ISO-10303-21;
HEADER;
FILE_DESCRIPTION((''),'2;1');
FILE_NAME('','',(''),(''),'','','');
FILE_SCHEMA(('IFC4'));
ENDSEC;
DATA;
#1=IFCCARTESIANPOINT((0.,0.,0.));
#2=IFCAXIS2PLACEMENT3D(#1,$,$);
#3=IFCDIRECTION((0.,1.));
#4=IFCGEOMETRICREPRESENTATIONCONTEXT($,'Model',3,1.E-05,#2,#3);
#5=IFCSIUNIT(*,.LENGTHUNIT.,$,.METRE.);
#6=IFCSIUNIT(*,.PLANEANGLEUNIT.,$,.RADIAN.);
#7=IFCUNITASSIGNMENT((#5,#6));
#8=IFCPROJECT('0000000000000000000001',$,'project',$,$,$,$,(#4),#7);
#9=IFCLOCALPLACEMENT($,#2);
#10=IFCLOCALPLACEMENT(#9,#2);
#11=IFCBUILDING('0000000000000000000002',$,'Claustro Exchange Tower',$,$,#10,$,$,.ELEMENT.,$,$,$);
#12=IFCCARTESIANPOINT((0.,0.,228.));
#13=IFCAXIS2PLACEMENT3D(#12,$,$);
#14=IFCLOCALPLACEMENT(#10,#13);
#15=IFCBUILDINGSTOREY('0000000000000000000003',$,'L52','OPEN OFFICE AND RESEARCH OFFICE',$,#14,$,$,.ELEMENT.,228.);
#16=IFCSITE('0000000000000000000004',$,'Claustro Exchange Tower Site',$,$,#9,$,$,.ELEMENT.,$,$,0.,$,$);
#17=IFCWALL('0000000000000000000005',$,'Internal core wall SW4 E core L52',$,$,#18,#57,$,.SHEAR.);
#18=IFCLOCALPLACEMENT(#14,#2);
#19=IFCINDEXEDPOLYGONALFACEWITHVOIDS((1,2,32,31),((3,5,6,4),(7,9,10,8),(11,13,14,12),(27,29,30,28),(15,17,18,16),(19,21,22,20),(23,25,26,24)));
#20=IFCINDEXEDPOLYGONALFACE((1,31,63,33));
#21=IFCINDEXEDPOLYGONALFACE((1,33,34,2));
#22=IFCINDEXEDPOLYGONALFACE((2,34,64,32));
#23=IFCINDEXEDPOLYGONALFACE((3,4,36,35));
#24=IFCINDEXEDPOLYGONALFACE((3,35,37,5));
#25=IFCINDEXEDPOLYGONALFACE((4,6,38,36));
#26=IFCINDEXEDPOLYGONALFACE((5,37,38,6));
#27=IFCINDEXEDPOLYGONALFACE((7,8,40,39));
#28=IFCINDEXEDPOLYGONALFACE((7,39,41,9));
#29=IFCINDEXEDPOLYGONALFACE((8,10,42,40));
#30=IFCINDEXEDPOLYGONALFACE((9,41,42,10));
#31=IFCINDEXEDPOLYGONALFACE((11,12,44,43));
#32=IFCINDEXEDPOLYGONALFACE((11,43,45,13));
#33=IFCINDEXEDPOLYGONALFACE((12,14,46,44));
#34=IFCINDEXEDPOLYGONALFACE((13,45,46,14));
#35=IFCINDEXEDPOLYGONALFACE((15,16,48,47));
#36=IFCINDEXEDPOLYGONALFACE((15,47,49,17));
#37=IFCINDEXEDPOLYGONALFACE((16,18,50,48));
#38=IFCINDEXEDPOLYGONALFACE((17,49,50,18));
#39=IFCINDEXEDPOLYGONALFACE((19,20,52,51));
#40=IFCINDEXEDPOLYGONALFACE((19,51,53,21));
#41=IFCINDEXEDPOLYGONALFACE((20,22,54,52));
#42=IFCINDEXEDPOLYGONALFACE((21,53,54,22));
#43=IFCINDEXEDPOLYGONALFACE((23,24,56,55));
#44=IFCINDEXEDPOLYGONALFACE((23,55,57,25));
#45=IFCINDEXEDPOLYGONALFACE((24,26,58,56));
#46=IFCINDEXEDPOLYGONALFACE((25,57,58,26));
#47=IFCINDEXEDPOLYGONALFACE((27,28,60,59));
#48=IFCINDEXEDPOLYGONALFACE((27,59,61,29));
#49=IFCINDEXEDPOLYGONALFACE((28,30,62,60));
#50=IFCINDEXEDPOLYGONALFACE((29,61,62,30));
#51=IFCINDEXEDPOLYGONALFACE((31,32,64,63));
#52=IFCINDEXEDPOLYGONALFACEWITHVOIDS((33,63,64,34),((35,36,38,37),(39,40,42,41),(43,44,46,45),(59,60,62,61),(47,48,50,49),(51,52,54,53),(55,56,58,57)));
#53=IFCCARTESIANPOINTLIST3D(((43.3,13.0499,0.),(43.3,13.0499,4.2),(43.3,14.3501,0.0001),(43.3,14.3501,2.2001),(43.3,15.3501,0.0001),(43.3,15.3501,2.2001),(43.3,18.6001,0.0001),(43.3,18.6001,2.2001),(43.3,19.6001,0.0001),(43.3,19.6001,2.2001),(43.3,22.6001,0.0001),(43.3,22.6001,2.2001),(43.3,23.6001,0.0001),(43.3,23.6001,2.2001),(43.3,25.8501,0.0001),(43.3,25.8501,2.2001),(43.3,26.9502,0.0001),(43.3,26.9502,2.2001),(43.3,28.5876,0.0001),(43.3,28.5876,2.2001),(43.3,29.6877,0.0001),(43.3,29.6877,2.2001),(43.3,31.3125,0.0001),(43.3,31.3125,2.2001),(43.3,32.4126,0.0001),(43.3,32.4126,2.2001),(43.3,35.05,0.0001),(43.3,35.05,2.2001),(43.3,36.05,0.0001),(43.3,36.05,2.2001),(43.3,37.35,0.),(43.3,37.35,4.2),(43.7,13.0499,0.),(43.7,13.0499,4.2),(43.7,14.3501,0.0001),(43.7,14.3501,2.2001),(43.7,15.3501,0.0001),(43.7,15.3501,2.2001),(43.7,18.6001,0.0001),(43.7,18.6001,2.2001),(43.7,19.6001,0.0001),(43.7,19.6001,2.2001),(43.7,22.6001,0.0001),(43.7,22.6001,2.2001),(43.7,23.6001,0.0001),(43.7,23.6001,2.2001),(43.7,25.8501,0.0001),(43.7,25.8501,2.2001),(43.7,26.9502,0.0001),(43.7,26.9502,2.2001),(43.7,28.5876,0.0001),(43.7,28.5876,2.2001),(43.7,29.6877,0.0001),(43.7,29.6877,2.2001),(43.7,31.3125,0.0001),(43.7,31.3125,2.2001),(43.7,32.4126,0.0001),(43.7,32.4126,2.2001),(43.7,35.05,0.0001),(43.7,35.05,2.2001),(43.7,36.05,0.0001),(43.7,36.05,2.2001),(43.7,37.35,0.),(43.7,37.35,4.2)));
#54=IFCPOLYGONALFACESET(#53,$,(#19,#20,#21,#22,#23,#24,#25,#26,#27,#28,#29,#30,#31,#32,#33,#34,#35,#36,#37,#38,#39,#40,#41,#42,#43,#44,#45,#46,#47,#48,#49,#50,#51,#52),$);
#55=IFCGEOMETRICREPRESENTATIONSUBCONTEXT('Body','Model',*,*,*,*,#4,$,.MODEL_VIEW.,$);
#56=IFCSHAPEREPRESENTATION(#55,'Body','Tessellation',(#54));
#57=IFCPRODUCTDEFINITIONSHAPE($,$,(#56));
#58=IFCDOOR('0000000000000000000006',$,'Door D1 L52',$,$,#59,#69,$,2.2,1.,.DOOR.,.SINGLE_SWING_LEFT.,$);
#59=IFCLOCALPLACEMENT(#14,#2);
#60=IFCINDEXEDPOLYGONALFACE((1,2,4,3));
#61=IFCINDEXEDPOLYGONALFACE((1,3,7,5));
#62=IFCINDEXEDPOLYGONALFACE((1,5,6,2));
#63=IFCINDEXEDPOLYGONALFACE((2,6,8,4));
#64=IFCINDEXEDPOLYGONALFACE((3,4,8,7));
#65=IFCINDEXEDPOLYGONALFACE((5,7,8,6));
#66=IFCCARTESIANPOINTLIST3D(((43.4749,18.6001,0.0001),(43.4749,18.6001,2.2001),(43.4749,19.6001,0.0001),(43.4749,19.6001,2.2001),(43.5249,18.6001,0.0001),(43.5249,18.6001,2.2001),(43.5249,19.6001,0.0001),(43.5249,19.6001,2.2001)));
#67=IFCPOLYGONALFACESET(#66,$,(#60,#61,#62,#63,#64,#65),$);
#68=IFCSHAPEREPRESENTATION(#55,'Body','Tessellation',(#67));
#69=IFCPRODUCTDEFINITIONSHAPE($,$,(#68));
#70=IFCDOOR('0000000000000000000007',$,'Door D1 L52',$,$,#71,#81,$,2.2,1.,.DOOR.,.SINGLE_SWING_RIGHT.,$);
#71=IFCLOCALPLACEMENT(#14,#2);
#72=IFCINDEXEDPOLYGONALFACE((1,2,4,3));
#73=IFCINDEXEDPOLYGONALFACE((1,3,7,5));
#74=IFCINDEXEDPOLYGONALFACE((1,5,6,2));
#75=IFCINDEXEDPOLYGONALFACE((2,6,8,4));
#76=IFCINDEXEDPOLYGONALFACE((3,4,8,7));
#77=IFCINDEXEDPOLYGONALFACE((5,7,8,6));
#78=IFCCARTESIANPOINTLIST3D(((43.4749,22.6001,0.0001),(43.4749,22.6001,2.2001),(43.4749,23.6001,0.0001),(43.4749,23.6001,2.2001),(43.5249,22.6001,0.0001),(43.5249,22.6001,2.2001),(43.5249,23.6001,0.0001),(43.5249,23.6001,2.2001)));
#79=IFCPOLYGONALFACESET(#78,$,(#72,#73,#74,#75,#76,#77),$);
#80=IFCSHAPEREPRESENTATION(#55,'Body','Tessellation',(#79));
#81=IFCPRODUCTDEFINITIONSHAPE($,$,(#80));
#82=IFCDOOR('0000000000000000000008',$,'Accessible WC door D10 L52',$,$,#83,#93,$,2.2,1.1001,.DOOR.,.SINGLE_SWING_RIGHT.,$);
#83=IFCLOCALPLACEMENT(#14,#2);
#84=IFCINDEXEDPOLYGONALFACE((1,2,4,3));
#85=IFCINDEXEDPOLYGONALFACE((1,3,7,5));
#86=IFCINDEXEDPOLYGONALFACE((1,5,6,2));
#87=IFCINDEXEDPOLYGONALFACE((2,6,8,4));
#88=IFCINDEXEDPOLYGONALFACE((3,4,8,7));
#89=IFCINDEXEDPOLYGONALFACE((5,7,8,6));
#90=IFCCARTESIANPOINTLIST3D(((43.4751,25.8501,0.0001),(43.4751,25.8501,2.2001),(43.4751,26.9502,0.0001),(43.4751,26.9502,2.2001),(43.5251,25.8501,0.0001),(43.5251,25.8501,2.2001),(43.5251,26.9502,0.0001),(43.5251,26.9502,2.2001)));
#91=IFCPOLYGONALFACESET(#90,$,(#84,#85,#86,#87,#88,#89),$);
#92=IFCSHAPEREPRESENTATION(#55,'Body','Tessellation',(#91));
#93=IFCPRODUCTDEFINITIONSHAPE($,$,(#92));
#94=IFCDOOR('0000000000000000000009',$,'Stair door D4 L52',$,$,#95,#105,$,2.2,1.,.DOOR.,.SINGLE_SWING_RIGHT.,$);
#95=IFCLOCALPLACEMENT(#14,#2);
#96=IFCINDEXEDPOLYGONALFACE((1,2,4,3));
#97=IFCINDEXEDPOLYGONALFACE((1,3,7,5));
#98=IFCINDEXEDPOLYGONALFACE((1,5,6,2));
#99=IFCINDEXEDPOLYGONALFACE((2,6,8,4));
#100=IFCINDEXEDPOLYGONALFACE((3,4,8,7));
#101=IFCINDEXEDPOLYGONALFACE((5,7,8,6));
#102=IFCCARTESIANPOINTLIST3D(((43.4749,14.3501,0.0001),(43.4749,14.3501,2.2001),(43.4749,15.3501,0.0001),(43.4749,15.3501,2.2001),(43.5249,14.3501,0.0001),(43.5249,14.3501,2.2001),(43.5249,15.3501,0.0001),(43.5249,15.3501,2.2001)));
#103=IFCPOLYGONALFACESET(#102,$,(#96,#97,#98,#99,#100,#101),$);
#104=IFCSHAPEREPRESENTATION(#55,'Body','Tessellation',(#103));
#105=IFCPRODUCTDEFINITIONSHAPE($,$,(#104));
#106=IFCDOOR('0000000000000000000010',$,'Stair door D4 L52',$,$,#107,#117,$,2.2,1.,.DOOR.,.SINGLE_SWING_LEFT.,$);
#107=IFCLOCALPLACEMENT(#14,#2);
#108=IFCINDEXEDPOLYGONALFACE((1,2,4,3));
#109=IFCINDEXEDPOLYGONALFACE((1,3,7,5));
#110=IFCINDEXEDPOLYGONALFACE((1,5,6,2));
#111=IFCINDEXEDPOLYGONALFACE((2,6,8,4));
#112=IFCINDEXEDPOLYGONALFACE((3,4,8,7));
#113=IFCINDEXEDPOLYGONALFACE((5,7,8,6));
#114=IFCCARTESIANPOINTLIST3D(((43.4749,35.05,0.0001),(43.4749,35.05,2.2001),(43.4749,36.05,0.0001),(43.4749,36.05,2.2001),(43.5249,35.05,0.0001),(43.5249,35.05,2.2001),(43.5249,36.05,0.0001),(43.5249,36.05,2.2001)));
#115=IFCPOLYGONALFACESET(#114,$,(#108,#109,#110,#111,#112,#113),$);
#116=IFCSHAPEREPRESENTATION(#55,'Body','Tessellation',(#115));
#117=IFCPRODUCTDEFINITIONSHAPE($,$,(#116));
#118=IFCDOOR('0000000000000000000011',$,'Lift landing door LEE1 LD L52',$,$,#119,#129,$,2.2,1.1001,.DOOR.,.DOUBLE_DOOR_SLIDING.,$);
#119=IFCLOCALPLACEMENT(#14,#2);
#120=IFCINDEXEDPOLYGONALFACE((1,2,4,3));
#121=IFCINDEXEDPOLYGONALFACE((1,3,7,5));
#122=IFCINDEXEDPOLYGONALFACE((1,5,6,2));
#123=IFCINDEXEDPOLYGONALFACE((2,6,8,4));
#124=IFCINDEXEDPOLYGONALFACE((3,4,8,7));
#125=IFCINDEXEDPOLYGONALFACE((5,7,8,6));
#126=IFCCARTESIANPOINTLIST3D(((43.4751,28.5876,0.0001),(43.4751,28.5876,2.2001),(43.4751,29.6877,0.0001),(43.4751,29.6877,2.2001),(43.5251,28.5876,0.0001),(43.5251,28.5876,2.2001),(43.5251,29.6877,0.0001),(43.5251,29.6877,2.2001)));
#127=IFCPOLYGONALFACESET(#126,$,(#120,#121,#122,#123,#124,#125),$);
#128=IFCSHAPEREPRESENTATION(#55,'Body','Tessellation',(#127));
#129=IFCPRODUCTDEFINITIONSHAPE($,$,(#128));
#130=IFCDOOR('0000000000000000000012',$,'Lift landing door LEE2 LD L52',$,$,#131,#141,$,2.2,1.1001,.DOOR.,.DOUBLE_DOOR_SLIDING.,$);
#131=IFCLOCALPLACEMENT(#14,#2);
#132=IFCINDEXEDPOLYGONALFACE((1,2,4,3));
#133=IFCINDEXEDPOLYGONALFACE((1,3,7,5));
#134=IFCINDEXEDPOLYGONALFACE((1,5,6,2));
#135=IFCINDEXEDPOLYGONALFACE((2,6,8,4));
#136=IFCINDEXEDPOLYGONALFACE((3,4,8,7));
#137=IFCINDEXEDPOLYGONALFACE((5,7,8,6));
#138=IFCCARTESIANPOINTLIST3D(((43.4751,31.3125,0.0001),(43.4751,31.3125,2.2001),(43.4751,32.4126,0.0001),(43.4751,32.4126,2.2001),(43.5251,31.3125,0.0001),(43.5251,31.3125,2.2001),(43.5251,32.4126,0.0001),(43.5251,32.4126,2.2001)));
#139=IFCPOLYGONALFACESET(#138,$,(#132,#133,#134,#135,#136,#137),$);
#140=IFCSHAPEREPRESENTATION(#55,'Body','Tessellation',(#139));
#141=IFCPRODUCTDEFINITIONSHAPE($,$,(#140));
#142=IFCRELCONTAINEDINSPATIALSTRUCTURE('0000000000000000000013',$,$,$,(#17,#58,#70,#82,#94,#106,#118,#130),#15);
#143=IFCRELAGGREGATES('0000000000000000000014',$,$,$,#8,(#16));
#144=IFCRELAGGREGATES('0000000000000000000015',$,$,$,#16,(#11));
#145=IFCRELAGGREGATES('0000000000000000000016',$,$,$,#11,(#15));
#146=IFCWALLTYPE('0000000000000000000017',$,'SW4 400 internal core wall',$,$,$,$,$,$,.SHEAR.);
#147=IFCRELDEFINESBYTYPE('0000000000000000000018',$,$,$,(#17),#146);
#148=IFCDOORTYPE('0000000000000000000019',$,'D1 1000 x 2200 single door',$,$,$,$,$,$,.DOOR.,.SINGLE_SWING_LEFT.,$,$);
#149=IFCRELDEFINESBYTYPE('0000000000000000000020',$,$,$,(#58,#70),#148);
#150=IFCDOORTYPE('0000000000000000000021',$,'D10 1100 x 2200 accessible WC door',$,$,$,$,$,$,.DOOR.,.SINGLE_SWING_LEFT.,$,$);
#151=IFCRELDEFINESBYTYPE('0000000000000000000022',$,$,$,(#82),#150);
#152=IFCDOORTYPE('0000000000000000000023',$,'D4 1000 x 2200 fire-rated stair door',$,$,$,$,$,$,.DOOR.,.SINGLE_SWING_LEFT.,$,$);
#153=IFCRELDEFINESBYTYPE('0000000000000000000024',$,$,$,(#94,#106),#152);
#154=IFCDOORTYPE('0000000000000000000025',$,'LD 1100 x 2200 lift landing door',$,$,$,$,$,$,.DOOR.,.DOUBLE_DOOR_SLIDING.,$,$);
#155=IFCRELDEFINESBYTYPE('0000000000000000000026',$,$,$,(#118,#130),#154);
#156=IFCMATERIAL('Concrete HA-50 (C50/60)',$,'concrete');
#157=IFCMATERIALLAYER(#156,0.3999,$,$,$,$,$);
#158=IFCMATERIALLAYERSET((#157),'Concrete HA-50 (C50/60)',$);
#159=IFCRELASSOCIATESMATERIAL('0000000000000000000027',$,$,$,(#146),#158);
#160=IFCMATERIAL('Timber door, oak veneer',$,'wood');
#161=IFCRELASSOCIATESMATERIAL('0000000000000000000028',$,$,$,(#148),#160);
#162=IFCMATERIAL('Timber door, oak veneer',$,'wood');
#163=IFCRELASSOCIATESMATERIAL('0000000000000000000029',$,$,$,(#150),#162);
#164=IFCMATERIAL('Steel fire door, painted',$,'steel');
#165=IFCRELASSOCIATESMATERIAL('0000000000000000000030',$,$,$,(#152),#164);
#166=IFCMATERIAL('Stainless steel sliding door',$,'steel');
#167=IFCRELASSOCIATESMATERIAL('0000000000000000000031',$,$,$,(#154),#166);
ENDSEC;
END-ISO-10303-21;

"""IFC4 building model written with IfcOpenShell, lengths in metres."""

from ifc_helpers import new_model, si_unit, direction, frame, frame_2d, origin, place, context, subcontext, project, spatial, rectangle, extrude, material, layer, layer_set, type_object, element, fill, save


model = new_model("IFC4")

# Units and contexts
model_context = context("Model", 3, precision=1e-05, world=origin(), true_north=direction((0.0, 1.0)))
body_context = subcontext(model_context, "Body", "Model", "MODEL_VIEW")
ifc_project = project(units=[si_unit("LENGTHUNIT", "METRE"), si_unit("PLANEANGLEUNIT", "RADIAN")], contexts=[model_context])

# Site, building, storey
site_placement = place(None, origin())
site = spatial("IfcSite", under=ifc_project, at=site_placement, Name="Claustro Exchange Tower Site", CompositionType="ELEMENT", RefElevation=0.0)
building_placement = place(site_placement, origin())
building = spatial("IfcBuilding", under=site, at=building_placement, Name="Claustro Exchange Tower", CompositionType="ELEMENT")
storey_placement = place(building_placement, frame((0.0, 0.0, 228.0)))
storey = spatial("IfcBuildingStorey", under=building, at=storey_placement, Name="L52", Description="OPEN OFFICE AND RESEARCH OFFICE", CompositionType="ELEMENT", Elevation=228.0)

# Wall, openings, doors
ifc_material_1 = material(Name="Concrete HA-50 (C50/60)", Category="concrete")
ifc_layer_1 = layer(ifc_material_1, 0.3999)
ifc_layer_set_1 = layer_set([ifc_layer_1], Name="Concrete HA-50 (C50/60)")
wall_type_1 = type_object("IfcWallType", Name="SW4 400 internal core wall", PredefinedType="SHEAR", material=ifc_layer_set_1)
wall_1_placement = place(storey_placement, frame((43.5, 13.05, 0.0), z_axis=(0.0, 0.0, 1.0), x_axis=(0.0, 1.0, 0.0)))
wall_1 = element("IfcWall", 1, at=wall_1_placement, inside=storey, type_object=wall_type_1, Name="Internal core wall SW4 E core L52", PredefinedType="SHEAR", context=body_context, shape_type="SweptSolid", body=[
    extrude(rectangle(XDim=24.3, YDim=0.3999, at=frame_2d((12.1499, 0.0))), origin(), (0.0, 0.0, 1.0), 4.2),
])
opening_1_placement = place(wall_1_placement, frame((1.3, 0.0, 0.0)))
opening_1 = element("IfcOpeningElement", 2, at=opening_1_placement, cuts=wall_1, PredefinedType="OPENING", context=body_context, shape_type="SweptSolid", body=[
    extrude(rectangle(XDim=1.0, YDim=2.2, at=frame_2d((0.5, 1.1001))), frame((0.0, 0.21, 0.0), z_axis=(0.0, -1.0, 0.0), x_axis=(1.0, 0.0, 0.0)), (0.0, 0.0, 1.0), 0.4199),
])
opening_2_placement = place(wall_1_placement, frame((22.0, 0.0, 0.0)))
opening_2 = element("IfcOpeningElement", 3, at=opening_2_placement, cuts=wall_1, PredefinedType="OPENING", context=body_context, shape_type="SweptSolid", body=[
    extrude(rectangle(XDim=1.0, YDim=2.2, at=frame_2d((0.5, 1.1001))), frame((0.0, 0.21, 0.0), z_axis=(0.0, -1.0, 0.0), x_axis=(1.0, 0.0, 0.0)), (0.0, 0.0, 1.0), 0.4199),
])
opening_3_placement = place(wall_1_placement, frame((5.55, 0.0, 0.0)))
opening_3 = element("IfcOpeningElement", 4, at=opening_3_placement, cuts=wall_1, PredefinedType="OPENING", context=body_context, shape_type="SweptSolid", body=[
    extrude(rectangle(XDim=1.0, YDim=2.2, at=frame_2d((0.5, 1.1001))), frame((0.0, 0.21, 0.0), z_axis=(0.0, -1.0, 0.0), x_axis=(1.0, 0.0, 0.0)), (0.0, 0.0, 1.0), 0.4199),
])
opening_4_placement = place(wall_1_placement, frame((9.55, 0.0, 0.0)))
opening_4 = element("IfcOpeningElement", 5, at=opening_4_placement, cuts=wall_1, PredefinedType="OPENING", context=body_context, shape_type="SweptSolid", body=[
    extrude(rectangle(XDim=1.0, YDim=2.2, at=frame_2d((0.5, 1.1001))), frame((0.0, 0.21, 0.0), z_axis=(0.0, -1.0, 0.0), x_axis=(1.0, 0.0, 0.0)), (0.0, 0.0, 1.0), 0.4199),
])
opening_5_placement = place(wall_1_placement, frame((12.8, 0.0, 0.0)))
opening_5 = element("IfcOpeningElement", 6, at=opening_5_placement, cuts=wall_1, PredefinedType="OPENING", context=body_context, shape_type="SweptSolid", body=[
    extrude(rectangle(XDim=1.1001, YDim=2.2, at=frame_2d((0.55, 1.1001))), frame((0.0, 0.21, 0.0), z_axis=(0.0, -1.0, 0.0), x_axis=(1.0, 0.0, 0.0)), (0.0, 0.0, 1.0), 0.4199),
])
opening_6_placement = place(wall_1_placement, frame((15.5376, 0.0, 0.0)))
opening_6 = element("IfcOpeningElement", 7, at=opening_6_placement, cuts=wall_1, PredefinedType="OPENING", context=body_context, shape_type="SweptSolid", body=[
    extrude(rectangle(XDim=1.1001, YDim=2.2, at=frame_2d((0.55, 1.1001))), frame((0.0, 0.21, 0.0), z_axis=(0.0, -1.0, 0.0), x_axis=(1.0, 0.0, 0.0)), (0.0, 0.0, 1.0), 0.4199),
])
opening_7_placement = place(wall_1_placement, frame((18.2625, 0.0, 0.0)))
opening_7 = element("IfcOpeningElement", 8, at=opening_7_placement, cuts=wall_1, PredefinedType="OPENING", context=body_context, shape_type="SweptSolid", body=[
    extrude(rectangle(XDim=1.1001, YDim=2.2, at=frame_2d((0.55, 1.1001))), frame((0.0, 0.21, 0.0), z_axis=(0.0, -1.0, 0.0), x_axis=(1.0, 0.0, 0.0)), (0.0, 0.0, 1.0), 0.4199),
])
ifc_material_2 = material(Name="Timber door, oak veneer", Category="wood")
door_type_1 = type_object("IfcDoorType", Name="D1 1000 x 2200 single door", OperationType="SINGLE_SWING_LEFT", PredefinedType="DOOR", material=ifc_material_2)
door_1_placement = place(opening_3_placement, frame((1.0, 0.0, 0.0), z_axis=(0.0, 0.0, 1.0), x_axis=(-1.0, 0.0, 0.0)))
door_1 = element("IfcDoor", 9, at=door_1_placement, inside=storey, type_object=door_type_1, Name="Door D1 L52", OperationType="SINGLE_SWING_LEFT", OverallHeight=2.2, OverallWidth=1.0, PredefinedType="DOOR", context=body_context, shape_type="SweptSolid", body=[
    extrude(rectangle(XDim=1.0, YDim=2.2, at=frame_2d((0.5, 1.1001))), frame((0.0, 0.0249, 0.0), z_axis=(0.0, -1.0, 0.0), x_axis=(1.0, 0.0, 0.0)), (0.0, 0.0, 1.0), 0.05),
])
fill(opening_3, door_1)
door_2_placement = place(opening_4_placement, frame((1.0, 0.0, 0.0), z_axis=(0.0, 0.0, 1.0), x_axis=(-1.0, 0.0, 0.0)))
door_2 = element("IfcDoor", 10, at=door_2_placement, inside=storey, type_object=door_type_1, Name="Door D1 L52", OperationType="SINGLE_SWING_RIGHT", OverallHeight=2.2, OverallWidth=1.0, PredefinedType="DOOR", context=body_context, shape_type="SweptSolid", body=[
    extrude(rectangle(XDim=1.0, YDim=2.2, at=frame_2d((0.5, 1.1001))), frame((0.0, 0.0249, 0.0), z_axis=(0.0, -1.0, 0.0), x_axis=(1.0, 0.0, 0.0)), (0.0, 0.0, 1.0), 0.05),
])
fill(opening_4, door_2)
ifc_material_3 = material(Name="Timber door, oak veneer", Category="wood")
door_type_2 = type_object("IfcDoorType", Name="D10 1100 x 2200 accessible WC door", OperationType="SINGLE_SWING_LEFT", PredefinedType="DOOR", material=ifc_material_3)
door_3_placement = place(opening_5_placement, origin())
door_3 = element("IfcDoor", 11, at=door_3_placement, inside=storey, type_object=door_type_2, Name="Accessible WC door D10 L52", OperationType="SINGLE_SWING_RIGHT", OverallHeight=2.2, OverallWidth=1.1001, PredefinedType="DOOR", context=body_context, shape_type="SweptSolid", body=[
    extrude(rectangle(XDim=1.1001, YDim=2.2, at=frame_2d((0.55, 1.1001))), frame((0.0, 0.0249, 0.0), z_axis=(0.0, -1.0, 0.0), x_axis=(1.0, 0.0, 0.0)), (0.0, 0.0, 1.0), 0.05),
])
fill(opening_5, door_3)
ifc_material_4 = material(Name="Steel fire door, painted", Category="steel")
door_type_3 = type_object("IfcDoorType", Name="D4 1000 x 2200 fire-rated stair door", OperationType="SINGLE_SWING_LEFT", PredefinedType="DOOR", material=ifc_material_4)
door_4_placement = place(opening_1_placement, frame((1.0, 0.0, 0.0), z_axis=(0.0, 0.0, 1.0), x_axis=(-1.0, 0.0, 0.0)))
door_4 = element("IfcDoor", 12, at=door_4_placement, inside=storey, type_object=door_type_3, Name="Stair door D4 L52", OperationType="SINGLE_SWING_RIGHT", OverallHeight=2.2, OverallWidth=1.0, PredefinedType="DOOR", context=body_context, shape_type="SweptSolid", body=[
    extrude(rectangle(XDim=1.0, YDim=2.2, at=frame_2d((0.5, 1.1001))), frame((0.0, 0.0249, 0.0), z_axis=(0.0, -1.0, 0.0), x_axis=(1.0, 0.0, 0.0)), (0.0, 0.0, 1.0), 0.05),
])
fill(opening_1, door_4)
door_5_placement = place(opening_2_placement, frame((1.0, 0.0, 0.0), z_axis=(0.0, 0.0, 1.0), x_axis=(-1.0, 0.0, 0.0)))
door_5 = element("IfcDoor", 13, at=door_5_placement, inside=storey, type_object=door_type_3, Name="Stair door D4 L52", OperationType="SINGLE_SWING_LEFT", OverallHeight=2.2, OverallWidth=1.0, PredefinedType="DOOR", context=body_context, shape_type="SweptSolid", body=[
    extrude(rectangle(XDim=1.0, YDim=2.2, at=frame_2d((0.5, 1.1001))), frame((0.0, 0.0249, 0.0), z_axis=(0.0, -1.0, 0.0), x_axis=(1.0, 0.0, 0.0)), (0.0, 0.0, 1.0), 0.05),
])
fill(opening_2, door_5)
ifc_material_5 = material(Name="Stainless steel sliding door", Category="steel")
door_type_4 = type_object("IfcDoorType", Name="LD 1100 x 2200 lift landing door", OperationType="DOUBLE_DOOR_SLIDING", PredefinedType="DOOR", material=ifc_material_5)
door_6_placement = place(opening_6_placement, origin())
door_6 = element("IfcDoor", 14, at=door_6_placement, inside=storey, type_object=door_type_4, Name="Lift landing door LEE1 LD L52", OperationType="DOUBLE_DOOR_SLIDING", OverallHeight=2.2, OverallWidth=1.1001, PredefinedType="DOOR", context=body_context, shape_type="SweptSolid", body=[
    extrude(rectangle(XDim=1.1001, YDim=2.2, at=frame_2d((0.55, 1.1001))), frame((0.0, 0.0249, 0.0), z_axis=(0.0, -1.0, 0.0), x_axis=(1.0, 0.0, 0.0)), (0.0, 0.0, 1.0), 0.05),
])
fill(opening_6, door_6)
door_7_placement = place(opening_7_placement, origin())
door_7 = element("IfcDoor", 15, at=door_7_placement, inside=storey, type_object=door_type_4, Name="Lift landing door LEE2 LD L52", OperationType="DOUBLE_DOOR_SLIDING", OverallHeight=2.2, OverallWidth=1.1001, PredefinedType="DOOR", context=body_context, shape_type="SweptSolid", body=[
    extrude(rectangle(XDim=1.1001, YDim=2.2, at=frame_2d((0.55, 1.1001))), frame((0.0, 0.0249, 0.0), z_axis=(0.0, -1.0, 0.0), x_axis=(1.0, 0.0, 0.0)), (0.0, 0.0, 1.0), 0.05),
])
fill(opening_7, door_7)

save(model, "model.ifc")
